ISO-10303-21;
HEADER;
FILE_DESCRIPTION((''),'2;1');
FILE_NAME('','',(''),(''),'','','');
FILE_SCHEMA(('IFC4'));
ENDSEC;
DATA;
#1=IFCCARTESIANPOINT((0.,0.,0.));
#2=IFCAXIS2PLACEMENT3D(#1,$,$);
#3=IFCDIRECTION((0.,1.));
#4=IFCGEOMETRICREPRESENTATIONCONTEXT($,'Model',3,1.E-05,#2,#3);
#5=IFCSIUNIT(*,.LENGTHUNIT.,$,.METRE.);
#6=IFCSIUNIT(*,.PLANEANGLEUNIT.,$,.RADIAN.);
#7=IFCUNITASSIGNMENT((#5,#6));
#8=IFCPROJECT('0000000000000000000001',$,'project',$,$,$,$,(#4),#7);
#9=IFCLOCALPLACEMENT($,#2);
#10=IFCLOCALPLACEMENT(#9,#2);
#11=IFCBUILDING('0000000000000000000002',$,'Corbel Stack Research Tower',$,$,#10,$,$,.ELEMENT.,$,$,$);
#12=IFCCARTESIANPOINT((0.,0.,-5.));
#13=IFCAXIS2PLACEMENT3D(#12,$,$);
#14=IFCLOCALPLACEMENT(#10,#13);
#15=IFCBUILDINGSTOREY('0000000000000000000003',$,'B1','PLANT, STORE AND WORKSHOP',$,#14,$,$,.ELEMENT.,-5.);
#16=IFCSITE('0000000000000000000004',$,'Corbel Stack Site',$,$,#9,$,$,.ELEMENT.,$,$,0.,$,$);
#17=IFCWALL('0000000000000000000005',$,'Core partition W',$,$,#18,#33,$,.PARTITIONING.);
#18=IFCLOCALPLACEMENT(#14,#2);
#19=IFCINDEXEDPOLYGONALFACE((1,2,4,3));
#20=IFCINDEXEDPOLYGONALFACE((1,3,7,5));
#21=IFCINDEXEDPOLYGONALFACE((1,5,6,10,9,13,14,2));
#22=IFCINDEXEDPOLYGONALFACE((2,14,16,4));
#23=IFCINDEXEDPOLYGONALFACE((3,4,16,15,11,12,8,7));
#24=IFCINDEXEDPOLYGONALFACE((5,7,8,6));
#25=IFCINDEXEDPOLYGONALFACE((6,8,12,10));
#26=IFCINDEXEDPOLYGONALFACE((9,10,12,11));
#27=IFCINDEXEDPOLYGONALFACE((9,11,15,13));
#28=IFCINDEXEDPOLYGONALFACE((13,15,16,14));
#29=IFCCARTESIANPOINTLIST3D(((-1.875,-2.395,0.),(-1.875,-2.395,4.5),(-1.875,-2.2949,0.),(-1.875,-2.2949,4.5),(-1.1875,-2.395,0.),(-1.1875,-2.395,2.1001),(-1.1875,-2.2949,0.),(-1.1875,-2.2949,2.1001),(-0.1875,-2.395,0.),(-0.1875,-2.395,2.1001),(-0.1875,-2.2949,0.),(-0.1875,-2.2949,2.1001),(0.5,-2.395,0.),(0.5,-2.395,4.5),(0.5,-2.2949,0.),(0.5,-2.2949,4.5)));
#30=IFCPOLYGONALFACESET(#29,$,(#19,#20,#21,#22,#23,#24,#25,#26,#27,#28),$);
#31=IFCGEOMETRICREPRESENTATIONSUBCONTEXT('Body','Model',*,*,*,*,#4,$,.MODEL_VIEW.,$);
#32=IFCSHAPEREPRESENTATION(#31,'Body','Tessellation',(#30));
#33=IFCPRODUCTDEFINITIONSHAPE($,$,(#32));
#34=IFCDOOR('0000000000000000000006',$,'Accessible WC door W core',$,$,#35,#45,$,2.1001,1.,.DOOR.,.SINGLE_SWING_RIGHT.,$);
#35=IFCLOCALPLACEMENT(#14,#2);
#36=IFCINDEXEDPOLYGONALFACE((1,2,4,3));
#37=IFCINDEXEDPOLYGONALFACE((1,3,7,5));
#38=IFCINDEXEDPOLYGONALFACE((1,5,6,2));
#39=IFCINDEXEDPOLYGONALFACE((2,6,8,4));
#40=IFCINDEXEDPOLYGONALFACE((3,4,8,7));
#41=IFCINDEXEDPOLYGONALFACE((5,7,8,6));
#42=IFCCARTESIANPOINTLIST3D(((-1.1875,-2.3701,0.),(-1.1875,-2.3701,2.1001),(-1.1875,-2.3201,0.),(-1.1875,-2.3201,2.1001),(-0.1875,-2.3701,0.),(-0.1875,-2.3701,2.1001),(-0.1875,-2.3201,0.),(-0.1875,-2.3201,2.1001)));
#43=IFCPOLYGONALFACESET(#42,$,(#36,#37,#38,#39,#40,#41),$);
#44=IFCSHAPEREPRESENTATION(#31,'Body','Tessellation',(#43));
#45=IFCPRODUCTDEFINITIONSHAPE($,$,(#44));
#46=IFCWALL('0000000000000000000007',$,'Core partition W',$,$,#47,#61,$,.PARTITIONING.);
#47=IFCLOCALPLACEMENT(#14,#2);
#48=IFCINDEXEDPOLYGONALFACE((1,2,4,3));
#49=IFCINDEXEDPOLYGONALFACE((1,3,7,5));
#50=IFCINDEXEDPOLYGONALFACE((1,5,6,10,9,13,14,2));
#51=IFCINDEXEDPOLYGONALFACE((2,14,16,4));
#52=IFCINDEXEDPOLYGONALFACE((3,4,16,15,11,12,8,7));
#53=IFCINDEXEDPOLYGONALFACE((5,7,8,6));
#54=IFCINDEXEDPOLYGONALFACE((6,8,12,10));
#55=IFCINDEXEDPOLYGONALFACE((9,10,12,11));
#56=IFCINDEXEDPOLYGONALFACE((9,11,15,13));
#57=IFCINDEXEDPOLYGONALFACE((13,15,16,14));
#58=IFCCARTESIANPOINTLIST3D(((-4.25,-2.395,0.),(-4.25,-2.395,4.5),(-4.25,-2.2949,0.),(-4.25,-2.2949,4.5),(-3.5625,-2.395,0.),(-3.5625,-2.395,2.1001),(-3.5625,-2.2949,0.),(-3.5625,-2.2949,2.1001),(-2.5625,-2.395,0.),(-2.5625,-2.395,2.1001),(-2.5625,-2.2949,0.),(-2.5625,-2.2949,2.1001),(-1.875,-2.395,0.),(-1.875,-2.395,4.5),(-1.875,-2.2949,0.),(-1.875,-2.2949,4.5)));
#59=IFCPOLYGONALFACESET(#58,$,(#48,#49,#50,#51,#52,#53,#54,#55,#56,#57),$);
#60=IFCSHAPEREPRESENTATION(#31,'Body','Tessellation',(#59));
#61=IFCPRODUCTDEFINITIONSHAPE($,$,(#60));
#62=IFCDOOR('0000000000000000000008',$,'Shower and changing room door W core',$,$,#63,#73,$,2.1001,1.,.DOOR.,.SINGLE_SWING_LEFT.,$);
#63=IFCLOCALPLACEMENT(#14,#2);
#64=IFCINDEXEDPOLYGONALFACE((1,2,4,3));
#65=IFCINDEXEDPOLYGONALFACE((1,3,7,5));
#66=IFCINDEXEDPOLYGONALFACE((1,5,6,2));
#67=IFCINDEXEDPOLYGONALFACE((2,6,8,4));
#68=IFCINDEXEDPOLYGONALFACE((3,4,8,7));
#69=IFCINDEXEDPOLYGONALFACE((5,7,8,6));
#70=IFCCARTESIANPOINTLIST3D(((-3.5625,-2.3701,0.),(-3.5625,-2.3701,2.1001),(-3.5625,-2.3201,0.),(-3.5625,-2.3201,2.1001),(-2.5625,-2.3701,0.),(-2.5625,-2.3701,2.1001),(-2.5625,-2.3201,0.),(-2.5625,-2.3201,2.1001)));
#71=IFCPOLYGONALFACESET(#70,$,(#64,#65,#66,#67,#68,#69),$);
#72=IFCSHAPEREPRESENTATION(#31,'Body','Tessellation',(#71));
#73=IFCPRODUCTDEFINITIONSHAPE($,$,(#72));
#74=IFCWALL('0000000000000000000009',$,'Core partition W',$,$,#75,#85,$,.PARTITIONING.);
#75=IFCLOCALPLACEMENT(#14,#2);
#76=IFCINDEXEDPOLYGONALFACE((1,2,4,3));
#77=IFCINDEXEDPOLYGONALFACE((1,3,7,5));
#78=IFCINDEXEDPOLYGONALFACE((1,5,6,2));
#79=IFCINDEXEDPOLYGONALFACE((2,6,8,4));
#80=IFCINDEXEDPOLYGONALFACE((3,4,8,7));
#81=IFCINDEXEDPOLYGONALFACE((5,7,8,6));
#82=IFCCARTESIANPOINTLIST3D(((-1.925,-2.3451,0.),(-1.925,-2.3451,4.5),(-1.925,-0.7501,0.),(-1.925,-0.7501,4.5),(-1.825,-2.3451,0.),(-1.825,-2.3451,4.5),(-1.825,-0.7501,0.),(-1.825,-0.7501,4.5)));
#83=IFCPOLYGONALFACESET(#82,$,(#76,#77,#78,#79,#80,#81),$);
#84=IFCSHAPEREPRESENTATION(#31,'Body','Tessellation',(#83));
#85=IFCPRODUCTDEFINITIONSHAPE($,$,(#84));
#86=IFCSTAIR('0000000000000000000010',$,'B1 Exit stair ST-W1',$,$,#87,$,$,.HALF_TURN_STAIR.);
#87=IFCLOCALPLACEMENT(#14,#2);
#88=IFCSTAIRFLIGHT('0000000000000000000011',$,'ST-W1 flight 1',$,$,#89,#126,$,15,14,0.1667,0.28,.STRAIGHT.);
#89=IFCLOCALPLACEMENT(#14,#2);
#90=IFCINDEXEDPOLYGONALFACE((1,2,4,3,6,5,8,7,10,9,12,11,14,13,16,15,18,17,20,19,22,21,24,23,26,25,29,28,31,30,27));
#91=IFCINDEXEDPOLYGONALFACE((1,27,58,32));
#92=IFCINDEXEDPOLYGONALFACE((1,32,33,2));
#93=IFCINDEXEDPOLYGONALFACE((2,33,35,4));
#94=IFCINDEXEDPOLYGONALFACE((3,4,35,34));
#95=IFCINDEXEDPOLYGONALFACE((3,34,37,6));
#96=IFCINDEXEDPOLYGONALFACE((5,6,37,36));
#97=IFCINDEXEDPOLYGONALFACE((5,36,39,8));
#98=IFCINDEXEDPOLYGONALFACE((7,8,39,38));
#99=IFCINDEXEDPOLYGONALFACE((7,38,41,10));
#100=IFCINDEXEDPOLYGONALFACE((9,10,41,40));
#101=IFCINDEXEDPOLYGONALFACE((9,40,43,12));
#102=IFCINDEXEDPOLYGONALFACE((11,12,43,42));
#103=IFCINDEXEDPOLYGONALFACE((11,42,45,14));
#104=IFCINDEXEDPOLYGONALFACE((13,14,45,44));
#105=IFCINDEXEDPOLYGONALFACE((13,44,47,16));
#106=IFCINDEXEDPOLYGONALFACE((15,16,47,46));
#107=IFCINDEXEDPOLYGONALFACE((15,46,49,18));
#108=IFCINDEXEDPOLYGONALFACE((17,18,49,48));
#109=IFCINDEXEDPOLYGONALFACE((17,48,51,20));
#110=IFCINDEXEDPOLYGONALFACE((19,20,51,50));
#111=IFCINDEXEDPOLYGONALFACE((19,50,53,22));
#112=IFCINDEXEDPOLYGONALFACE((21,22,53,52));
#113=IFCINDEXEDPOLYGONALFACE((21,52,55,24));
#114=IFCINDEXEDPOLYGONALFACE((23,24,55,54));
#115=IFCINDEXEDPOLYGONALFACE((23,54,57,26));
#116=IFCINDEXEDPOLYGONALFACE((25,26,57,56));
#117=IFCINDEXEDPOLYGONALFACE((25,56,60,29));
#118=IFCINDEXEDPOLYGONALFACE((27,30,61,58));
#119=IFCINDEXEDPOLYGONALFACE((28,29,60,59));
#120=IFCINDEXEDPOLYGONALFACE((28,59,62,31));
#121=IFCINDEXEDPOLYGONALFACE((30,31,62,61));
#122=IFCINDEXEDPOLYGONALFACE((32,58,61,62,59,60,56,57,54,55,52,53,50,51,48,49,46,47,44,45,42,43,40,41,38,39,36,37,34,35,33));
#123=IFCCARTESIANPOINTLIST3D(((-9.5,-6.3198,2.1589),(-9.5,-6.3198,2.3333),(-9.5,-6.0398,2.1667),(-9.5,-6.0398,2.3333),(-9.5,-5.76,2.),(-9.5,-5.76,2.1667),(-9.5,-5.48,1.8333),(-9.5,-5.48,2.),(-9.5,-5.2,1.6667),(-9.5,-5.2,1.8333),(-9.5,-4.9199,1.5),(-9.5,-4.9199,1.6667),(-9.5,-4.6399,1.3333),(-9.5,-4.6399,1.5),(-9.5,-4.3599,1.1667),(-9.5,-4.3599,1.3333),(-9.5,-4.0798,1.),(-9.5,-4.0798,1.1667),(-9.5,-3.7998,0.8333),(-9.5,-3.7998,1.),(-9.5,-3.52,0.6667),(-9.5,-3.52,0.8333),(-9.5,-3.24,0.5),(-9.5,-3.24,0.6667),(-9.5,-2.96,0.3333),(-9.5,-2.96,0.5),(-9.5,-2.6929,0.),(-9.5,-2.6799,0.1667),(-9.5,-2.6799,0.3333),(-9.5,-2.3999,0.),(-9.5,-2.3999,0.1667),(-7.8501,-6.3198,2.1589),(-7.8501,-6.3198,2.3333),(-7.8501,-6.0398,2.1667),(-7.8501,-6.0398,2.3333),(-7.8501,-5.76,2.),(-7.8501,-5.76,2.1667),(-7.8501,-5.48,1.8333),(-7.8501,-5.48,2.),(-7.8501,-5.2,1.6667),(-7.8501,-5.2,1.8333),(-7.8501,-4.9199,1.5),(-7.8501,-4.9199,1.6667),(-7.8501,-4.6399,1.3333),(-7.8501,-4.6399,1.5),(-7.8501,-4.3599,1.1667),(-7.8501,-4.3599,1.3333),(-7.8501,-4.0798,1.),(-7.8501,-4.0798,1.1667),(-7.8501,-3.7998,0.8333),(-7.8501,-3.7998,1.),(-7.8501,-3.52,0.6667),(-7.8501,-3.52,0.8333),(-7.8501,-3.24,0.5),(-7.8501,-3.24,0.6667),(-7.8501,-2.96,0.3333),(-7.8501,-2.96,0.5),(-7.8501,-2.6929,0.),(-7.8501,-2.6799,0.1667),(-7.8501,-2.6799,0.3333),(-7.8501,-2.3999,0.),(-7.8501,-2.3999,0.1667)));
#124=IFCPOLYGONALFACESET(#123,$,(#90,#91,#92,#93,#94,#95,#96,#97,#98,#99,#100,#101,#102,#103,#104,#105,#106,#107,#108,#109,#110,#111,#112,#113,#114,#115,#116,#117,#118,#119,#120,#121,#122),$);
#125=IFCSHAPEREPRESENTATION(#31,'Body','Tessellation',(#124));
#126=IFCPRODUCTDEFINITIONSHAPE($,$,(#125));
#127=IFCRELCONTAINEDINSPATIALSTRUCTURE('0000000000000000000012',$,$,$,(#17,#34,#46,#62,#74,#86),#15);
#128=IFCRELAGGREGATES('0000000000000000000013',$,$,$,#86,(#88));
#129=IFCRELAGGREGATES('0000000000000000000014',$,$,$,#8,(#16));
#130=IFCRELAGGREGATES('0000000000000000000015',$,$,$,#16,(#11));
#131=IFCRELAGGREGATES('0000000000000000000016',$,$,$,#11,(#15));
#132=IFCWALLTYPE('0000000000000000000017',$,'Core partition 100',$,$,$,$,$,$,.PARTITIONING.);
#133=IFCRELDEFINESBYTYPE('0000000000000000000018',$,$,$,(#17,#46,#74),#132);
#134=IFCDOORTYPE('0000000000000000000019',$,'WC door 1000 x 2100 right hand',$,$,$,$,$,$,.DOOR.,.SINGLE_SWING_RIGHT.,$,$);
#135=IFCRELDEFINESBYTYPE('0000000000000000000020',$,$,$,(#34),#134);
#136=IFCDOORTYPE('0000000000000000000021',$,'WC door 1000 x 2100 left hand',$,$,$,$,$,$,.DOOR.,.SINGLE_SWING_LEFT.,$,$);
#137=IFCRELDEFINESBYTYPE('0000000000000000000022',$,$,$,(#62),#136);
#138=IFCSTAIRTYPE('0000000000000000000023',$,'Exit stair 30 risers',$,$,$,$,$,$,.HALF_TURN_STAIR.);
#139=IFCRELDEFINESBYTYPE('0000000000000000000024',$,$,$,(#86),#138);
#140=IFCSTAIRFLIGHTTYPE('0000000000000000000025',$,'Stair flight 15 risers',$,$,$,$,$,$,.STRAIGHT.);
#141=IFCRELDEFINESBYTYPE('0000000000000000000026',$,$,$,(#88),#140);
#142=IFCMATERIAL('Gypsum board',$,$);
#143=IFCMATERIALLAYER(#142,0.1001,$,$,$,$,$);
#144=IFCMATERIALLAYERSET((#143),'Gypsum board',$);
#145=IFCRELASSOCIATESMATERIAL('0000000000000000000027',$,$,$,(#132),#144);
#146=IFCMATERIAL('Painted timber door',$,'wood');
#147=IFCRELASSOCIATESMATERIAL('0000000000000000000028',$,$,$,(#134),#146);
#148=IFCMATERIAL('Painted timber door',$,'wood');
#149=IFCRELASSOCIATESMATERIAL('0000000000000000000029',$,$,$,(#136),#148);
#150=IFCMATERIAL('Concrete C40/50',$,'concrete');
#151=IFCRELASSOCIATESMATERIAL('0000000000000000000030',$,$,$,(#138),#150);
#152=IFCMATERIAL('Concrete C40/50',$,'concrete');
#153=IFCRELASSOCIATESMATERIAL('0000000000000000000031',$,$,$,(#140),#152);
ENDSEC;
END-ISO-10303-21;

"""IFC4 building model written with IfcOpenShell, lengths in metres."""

from ifc_helpers import new_model, si_unit, direction, frame, frame_2d, origin, place, context, subcontext, project, spatial, polyline, rectangle, outline, extrude, material, layer, layer_set, type_object, element, fill, aggregate, save


model = new_model("IFC4")

# Units and contexts
model_context = context("Model", 3, precision=1e-05, world=origin(), true_north=direction((0.0, 1.0)))
body_context = subcontext(model_context, "Body", "Model", "MODEL_VIEW")
ifc_project = project(units=[si_unit("LENGTHUNIT", "METRE"), si_unit("PLANEANGLEUNIT", "RADIAN")], contexts=[model_context])

# Site, building, storey
site_placement = place(None, origin())
site = spatial("IfcSite", under=ifc_project, at=site_placement, Name="Corbel Stack Site", CompositionType="ELEMENT", RefElevation=0.0)
building_placement = place(site_placement, origin())
building = spatial("IfcBuilding", under=site, at=building_placement, Name="Corbel Stack Research Tower", CompositionType="ELEMENT")
storey_placement = place(building_placement, frame((0.0, 0.0, -5.0)))
storey = spatial("IfcBuildingStorey", under=building, at=storey_placement, Name="B1", Description="PLANT, STORE AND WORKSHOP", CompositionType="ELEMENT", Elevation=-5.0)

# Walls, openings, doors
ifc_material_1 = material(Name="Gypsum board")
ifc_layer_1 = layer(ifc_material_1, 0.1001)
ifc_layer_set_1 = layer_set([ifc_layer_1], Name="Gypsum board")
wall_type_1 = type_object("IfcWallType", Name="Core partition 100", PredefinedType="PARTITIONING", material=ifc_layer_set_1)
wall_1_placement = place(storey_placement, frame((-1.875, -2.345, 0.0), z_axis=(0.0, 0.0, 1.0), x_axis=(1.0, 0.0, 0.0)))
wall_1 = element("IfcWall", 1, at=wall_1_placement, inside=storey, type_object=wall_type_1, Name="Core partition W", PredefinedType="PARTITIONING", context=body_context, shape_type="SweptSolid", body=[
    extrude(rectangle(XDim=2.375, YDim=0.1001, at=frame_2d((1.1875, 0.0))), origin(), (0.0, 0.0, 1.0), 4.5),
])
opening_1_placement = place(wall_1_placement, frame((0.6875, 0.0, 0.0)))
opening_1 = element("IfcOpeningElement", 2, at=opening_1_placement, cuts=wall_1, PredefinedType="OPENING", context=body_context, shape_type="SweptSolid", body=[
    extrude(rectangle(XDim=1.0, YDim=2.1001, at=frame_2d((0.5, 1.05))), frame((0.0, 0.0601, 0.0), z_axis=(0.0, -1.0, 0.0), x_axis=(1.0, 0.0, 0.0)), (0.0, 0.0, 1.0), 0.1201),
])
ifc_material_2 = material(Name="Painted timber door", Category="wood")
door_type_1 = type_object("IfcDoorType", Name="WC door 1000 x 2100 right hand", OperationType="SINGLE_SWING_RIGHT", PredefinedType="DOOR", material=ifc_material_2)
door_1_placement = place(opening_1_placement, origin())
door_1 = element("IfcDoor", 3, at=door_1_placement, inside=storey, type_object=door_type_1, Name="Accessible WC door W core", OperationType="SINGLE_SWING_RIGHT", OverallHeight=2.1001, OverallWidth=1.0, PredefinedType="DOOR", context=body_context, shape_type="SweptSolid", body=[
    extrude(rectangle(XDim=1.0, YDim=2.1001, at=frame_2d((0.5, 1.05))), frame((0.0, 0.0249, 0.0), z_axis=(0.0, -1.0, 0.0), x_axis=(1.0, 0.0, 0.0)), (0.0, 0.0, 1.0), 0.05),
])
fill(opening_1, door_1)
wall_2_placement = place(storey_placement, frame((-4.25, -2.345, 0.0), z_axis=(0.0, 0.0, 1.0), x_axis=(1.0, 0.0, 0.0)))
wall_2 = element("IfcWall", 4, at=wall_2_placement, inside=storey, type_object=wall_type_1, Name="Core partition W", PredefinedType="PARTITIONING", context=body_context, shape_type="SweptSolid", body=[
    extrude(rectangle(XDim=2.375, YDim=0.1001, at=frame_2d((1.1875, 0.0))), origin(), (0.0, 0.0, 1.0), 4.5),
])
opening_2_placement = place(wall_2_placement, frame((0.6875, 0.0, 0.0)))
opening_2 = element("IfcOpeningElement", 5, at=opening_2_placement, cuts=wall_2, PredefinedType="OPENING", context=body_context, shape_type="SweptSolid", body=[
    extrude(rectangle(XDim=1.0, YDim=2.1001, at=frame_2d((0.5, 1.05))), frame((0.0, 0.0601, 0.0), z_axis=(0.0, -1.0, 0.0), x_axis=(1.0, 0.0, 0.0)), (0.0, 0.0, 1.0), 0.1201),
])
ifc_material_3 = material(Name="Painted timber door", Category="wood")
door_type_2 = type_object("IfcDoorType", Name="WC door 1000 x 2100 left hand", OperationType="SINGLE_SWING_LEFT", PredefinedType="DOOR", material=ifc_material_3)
door_2_placement = place(opening_2_placement, origin())
door_2 = element("IfcDoor", 6, at=door_2_placement, inside=storey, type_object=door_type_2, Name="Shower and changing room door W core", OperationType="SINGLE_SWING_LEFT", OverallHeight=2.1001, OverallWidth=1.0, PredefinedType="DOOR", context=body_context, shape_type="SweptSolid", body=[
    extrude(rectangle(XDim=1.0, YDim=2.1001, at=frame_2d((0.5, 1.05))), frame((0.0, 0.0249, 0.0), z_axis=(0.0, -1.0, 0.0), x_axis=(1.0, 0.0, 0.0)), (0.0, 0.0, 1.0), 0.05),
])
fill(opening_2, door_2)

# Wall
wall_3_placement = place(storey_placement, frame((-1.875, -2.345, 0.0), z_axis=(0.0, 0.0, 1.0), x_axis=(0.0, 1.0, 0.0)))
element("IfcWall", 7, at=wall_3_placement, inside=storey, type_object=wall_type_1, Name="Core partition W", PredefinedType="PARTITIONING", context=body_context, shape_type="SweptSolid", body=[
    extrude(rectangle(XDim=1.595, YDim=0.1001, at=frame_2d((0.7974, 0.0))), origin(), (0.0, 0.0, 1.0), 4.5),
])

# Stair, stair flight
ifc_material_4 = material(Name="Concrete C40/50", Category="concrete")
stair_type = type_object("IfcStairType", Name="Exit stair 30 risers", PredefinedType="HALF_TURN_STAIR", material=ifc_material_4)
stair_placement = place(storey_placement, origin())
stair = element("IfcStair", 8, at=stair_placement, inside=storey, type_object=stair_type, Name="B1 Exit stair ST-W1", PredefinedType="HALF_TURN_STAIR")
ifc_material_5 = material(Name="Concrete C40/50", Category="concrete")
stair_flight_type = type_object("IfcStairFlightType", Name="Stair flight 15 risers", PredefinedType="STRAIGHT", material=ifc_material_5)
stair_flight_placement = place(storey_placement, frame((-8.675, -2.3999, 0.0), z_axis=(0.0, 0.0, 1.0), x_axis=(0.0, -1.0, 0.0)))
stair_flight = element("IfcStairFlight", 9, at=stair_flight_placement, type_object=stair_flight_type, Name="ST-W1 flight 1", NumberOfRisers=15, NumberOfTreads=14, PredefinedType="STRAIGHT", RiserHeight=0.1667, TreadLength=0.28, context=body_context, shape_type="SweptSolid", body=[
    extrude(outline(polyline([(0.0, 0.0), (0.0, 0.1667), (0.28, 0.1667), (0.28, 0.3333), (0.5601, 0.3333), (0.5601, 0.5), (0.8401, 0.5), (0.8401, 0.6667), (1.1201, 0.6667), (1.1201, 0.8333), (1.3999, 0.8333), (1.3999, 1.0), (1.6799, 1.0), (1.6799, 1.1667), (1.96, 1.1667), (1.96, 1.3333), (2.24, 1.3333), (2.24, 1.5), (2.52, 1.5), (2.52, 1.6667), (2.8, 1.6667), (2.8, 1.8333), (3.0801, 1.8333), (3.0801, 2.0), (3.3601, 2.0), (3.3601, 2.1667), (3.6399, 2.1667), (3.6399, 2.3333), (3.9199, 2.3333), (3.9199, 2.5), (3.9199, 2.1589), (0.293, 0.0), (0.0, 0.0)])), frame((0.0, 0.825, 0.0), z_axis=(0.0, -1.0, 0.0), x_axis=(1.0, 0.0, 0.0)), (0.0, 0.0, 1.0), 1.6499),
])
aggregate(stair, [stair_flight])

save(model, "model.ifc")
